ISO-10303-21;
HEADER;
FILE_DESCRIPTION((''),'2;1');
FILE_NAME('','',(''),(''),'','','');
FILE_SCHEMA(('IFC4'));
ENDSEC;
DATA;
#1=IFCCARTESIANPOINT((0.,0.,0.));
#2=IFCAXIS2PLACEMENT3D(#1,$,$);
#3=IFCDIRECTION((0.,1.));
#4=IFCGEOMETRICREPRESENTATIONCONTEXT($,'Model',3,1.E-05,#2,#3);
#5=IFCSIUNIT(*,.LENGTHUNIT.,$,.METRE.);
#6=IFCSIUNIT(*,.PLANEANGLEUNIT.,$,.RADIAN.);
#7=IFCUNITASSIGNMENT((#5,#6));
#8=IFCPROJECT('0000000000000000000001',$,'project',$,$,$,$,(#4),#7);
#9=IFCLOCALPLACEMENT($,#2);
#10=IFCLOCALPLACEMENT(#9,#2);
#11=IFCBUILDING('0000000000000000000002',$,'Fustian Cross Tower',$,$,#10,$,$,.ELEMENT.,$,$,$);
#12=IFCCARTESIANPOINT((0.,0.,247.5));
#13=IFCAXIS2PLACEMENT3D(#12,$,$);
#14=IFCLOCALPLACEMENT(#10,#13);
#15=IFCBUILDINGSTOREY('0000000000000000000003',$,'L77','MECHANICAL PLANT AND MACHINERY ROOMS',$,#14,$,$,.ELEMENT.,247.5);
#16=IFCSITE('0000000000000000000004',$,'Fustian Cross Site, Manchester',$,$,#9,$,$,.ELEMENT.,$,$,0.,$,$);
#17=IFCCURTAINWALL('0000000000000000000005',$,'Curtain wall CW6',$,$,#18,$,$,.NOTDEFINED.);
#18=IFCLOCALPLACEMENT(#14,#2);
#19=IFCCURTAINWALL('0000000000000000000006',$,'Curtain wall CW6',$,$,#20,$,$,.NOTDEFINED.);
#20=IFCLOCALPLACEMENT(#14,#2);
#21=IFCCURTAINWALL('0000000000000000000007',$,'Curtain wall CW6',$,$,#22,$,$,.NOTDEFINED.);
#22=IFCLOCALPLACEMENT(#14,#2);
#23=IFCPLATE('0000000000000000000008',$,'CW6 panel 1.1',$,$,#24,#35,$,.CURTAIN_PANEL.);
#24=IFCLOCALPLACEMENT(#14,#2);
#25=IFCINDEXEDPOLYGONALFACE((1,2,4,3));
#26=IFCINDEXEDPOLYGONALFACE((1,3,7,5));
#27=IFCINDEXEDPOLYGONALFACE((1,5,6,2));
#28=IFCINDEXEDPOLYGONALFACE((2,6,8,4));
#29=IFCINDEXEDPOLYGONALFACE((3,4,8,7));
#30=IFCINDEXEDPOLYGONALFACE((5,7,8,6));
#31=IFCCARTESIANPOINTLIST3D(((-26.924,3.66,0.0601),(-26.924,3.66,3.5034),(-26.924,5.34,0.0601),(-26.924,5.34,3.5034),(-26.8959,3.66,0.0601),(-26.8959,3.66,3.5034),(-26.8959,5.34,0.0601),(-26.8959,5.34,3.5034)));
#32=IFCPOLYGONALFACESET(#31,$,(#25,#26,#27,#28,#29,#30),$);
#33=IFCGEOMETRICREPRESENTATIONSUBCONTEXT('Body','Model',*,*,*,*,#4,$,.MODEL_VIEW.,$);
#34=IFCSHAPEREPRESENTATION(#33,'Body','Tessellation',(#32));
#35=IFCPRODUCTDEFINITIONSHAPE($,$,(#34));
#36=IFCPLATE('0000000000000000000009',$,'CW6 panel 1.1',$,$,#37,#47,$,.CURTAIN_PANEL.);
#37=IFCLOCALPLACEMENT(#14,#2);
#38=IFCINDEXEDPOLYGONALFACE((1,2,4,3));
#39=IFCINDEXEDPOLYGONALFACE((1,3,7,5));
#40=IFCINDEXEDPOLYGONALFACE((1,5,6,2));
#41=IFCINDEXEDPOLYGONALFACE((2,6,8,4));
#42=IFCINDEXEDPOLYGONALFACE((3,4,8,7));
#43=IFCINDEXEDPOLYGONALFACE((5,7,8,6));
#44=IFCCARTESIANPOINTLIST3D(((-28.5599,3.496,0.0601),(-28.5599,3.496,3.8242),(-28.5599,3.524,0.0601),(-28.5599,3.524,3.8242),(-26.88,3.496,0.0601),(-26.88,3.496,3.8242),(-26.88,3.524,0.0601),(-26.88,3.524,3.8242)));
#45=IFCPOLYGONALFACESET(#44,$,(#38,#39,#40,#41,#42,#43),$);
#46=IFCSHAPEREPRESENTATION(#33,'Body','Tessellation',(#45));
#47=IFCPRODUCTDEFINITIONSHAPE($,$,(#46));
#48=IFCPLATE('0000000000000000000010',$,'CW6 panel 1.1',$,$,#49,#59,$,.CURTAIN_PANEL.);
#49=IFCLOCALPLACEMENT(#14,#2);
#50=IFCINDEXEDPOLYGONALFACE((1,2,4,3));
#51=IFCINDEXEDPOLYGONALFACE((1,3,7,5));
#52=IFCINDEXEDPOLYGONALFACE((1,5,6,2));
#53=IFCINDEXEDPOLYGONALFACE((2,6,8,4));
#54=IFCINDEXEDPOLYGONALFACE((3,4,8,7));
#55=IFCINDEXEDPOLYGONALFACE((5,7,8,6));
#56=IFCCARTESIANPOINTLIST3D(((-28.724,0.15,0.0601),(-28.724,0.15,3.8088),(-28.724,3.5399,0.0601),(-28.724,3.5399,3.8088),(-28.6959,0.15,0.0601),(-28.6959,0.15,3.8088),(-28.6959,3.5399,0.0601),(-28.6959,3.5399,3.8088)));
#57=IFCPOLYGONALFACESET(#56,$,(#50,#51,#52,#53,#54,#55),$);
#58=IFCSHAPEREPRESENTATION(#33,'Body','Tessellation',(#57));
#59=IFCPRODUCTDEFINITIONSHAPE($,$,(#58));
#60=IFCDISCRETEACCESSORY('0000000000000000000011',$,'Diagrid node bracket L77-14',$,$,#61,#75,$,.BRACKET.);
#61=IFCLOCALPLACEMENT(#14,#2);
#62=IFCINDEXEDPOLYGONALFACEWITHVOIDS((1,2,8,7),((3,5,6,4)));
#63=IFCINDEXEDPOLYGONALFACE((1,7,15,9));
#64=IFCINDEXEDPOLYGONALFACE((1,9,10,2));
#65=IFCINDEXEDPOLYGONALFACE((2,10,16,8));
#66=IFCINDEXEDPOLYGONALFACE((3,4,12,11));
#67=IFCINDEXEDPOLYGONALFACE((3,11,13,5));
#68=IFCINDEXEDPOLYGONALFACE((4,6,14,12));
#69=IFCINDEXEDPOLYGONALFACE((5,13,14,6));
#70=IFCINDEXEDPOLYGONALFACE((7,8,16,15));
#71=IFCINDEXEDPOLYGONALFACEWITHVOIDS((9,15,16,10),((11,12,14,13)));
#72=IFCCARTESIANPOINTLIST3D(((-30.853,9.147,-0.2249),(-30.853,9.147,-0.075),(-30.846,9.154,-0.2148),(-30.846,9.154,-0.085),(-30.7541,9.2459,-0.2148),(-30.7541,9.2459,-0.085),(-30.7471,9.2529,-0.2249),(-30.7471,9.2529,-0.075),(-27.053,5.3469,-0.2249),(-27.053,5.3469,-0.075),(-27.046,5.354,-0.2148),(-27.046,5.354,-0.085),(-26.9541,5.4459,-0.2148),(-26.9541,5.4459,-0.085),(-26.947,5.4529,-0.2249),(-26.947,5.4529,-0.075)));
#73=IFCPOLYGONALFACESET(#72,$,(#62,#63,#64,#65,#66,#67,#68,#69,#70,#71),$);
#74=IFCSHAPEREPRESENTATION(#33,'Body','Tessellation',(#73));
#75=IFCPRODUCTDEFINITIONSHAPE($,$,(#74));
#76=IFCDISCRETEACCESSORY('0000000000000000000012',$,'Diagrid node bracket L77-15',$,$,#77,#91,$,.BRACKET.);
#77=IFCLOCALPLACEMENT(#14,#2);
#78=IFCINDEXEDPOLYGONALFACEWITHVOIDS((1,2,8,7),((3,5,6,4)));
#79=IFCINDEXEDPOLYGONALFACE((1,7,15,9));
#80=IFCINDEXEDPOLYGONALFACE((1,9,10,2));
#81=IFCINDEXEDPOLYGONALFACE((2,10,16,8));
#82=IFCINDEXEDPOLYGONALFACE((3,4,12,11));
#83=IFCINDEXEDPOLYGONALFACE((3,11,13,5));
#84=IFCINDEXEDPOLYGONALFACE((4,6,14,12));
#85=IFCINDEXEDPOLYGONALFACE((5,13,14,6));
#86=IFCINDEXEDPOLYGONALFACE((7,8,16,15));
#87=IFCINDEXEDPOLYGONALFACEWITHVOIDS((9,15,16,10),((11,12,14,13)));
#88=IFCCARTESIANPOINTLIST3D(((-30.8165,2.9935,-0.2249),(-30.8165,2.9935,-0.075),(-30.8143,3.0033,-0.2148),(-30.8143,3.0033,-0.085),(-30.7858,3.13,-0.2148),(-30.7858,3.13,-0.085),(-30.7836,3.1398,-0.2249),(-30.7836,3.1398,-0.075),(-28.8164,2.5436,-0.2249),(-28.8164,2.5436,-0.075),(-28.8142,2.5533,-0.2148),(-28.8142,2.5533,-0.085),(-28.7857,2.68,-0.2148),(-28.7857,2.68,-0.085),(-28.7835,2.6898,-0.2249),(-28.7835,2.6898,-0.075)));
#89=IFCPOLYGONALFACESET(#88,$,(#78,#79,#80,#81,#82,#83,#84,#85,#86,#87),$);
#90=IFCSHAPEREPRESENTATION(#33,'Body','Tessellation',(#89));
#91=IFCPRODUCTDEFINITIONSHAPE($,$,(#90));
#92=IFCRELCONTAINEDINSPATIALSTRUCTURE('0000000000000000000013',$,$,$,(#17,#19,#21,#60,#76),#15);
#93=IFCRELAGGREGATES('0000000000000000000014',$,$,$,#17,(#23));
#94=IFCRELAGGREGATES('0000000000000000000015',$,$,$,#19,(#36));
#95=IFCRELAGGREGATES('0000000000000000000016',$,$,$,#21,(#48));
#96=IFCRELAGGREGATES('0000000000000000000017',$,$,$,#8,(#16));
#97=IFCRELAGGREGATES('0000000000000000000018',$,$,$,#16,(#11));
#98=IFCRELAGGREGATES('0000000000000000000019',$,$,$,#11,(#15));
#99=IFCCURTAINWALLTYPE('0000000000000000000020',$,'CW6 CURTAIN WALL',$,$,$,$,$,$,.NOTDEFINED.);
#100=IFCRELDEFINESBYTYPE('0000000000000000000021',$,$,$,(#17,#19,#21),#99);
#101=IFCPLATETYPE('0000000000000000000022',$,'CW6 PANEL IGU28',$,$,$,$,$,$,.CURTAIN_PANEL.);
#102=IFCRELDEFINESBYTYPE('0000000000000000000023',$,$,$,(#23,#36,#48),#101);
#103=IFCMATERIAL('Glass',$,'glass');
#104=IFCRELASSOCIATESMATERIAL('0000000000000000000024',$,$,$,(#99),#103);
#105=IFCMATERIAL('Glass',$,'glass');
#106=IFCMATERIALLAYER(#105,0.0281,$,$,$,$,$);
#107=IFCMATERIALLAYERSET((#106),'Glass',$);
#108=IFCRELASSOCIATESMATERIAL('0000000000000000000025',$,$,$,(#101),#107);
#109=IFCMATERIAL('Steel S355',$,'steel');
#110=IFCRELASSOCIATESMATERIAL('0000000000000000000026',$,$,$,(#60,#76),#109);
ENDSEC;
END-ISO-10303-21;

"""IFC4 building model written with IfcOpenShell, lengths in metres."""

from ifc_helpers import new_model, si_unit, direction, frame, origin, origin_2d, place, context, subcontext, project, spatial, rectangle, hollow_rectangle, extrude, material, layer, layer_set, type_object, element, aggregate, save


model = new_model("IFC4")

# Units and contexts
model_context = context("Model", 3, precision=1e-05, world=origin(), true_north=direction((0.0, 1.0)))
body_context = subcontext(model_context, "Body", "Model", "MODEL_VIEW")
ifc_project = project(units=[si_unit("LENGTHUNIT", "METRE"), si_unit("PLANEANGLEUNIT", "RADIAN")], contexts=[model_context])

# Site, building, storey
site_placement = place(None, origin())
site = spatial("IfcSite", under=ifc_project, at=site_placement, Name="Fustian Cross Site, Manchester", CompositionType="ELEMENT", RefElevation=0.0)
building_placement = place(site_placement, origin())
building = spatial("IfcBuilding", under=site, at=building_placement, Name="Fustian Cross Tower", CompositionType="ELEMENT")
storey_placement = place(building_placement, frame((0.0, 0.0, 247.5)))
storey = spatial("IfcBuildingStorey", under=building, at=storey_placement, Name="L77", Description="MECHANICAL PLANT AND MACHINERY ROOMS", CompositionType="ELEMENT", Elevation=247.5)

# Shared definitions
ifc_material_1 = material(Name="Glass", Category="glass")
curtain_wall_type = type_object("IfcCurtainWallType", Name="CW6 CURTAIN WALL", PredefinedType="NOTDEFINED", material=ifc_material_1)

# Curtain walls
curtain_wall_1_placement = place(storey_placement, origin())
curtain_wall_1 = element("IfcCurtainWall", 1, at=curtain_wall_1_placement, inside=storey, type_object=curtain_wall_type, Name="Curtain wall CW6", PredefinedType="NOTDEFINED")
curtain_wall_2_placement = place(storey_placement, origin())
curtain_wall_2 = element("IfcCurtainWall", 2, at=curtain_wall_2_placement, inside=storey, type_object=curtain_wall_type, Name="Curtain wall CW6", PredefinedType="NOTDEFINED")
curtain_wall_3_placement = place(storey_placement, origin())
curtain_wall_3 = element("IfcCurtainWall", 3, at=curtain_wall_3_placement, inside=storey, type_object=curtain_wall_type, Name="Curtain wall CW6", PredefinedType="NOTDEFINED")

# Plates
ifc_material_2 = material(Name="Glass", Category="glass")
ifc_layer = layer(ifc_material_2, 0.0281)
ifc_layer_set = layer_set([ifc_layer], Name="Glass")
plate_type = type_object("IfcPlateType", Name="CW6 PANEL IGU28", PredefinedType="CURTAIN_PANEL", material=ifc_layer_set)
plate_1_placement = place(storey_placement, frame((-26.9099, 4.5, 0.0601), z_axis=(0.0, 0.0, 1.0), x_axis=(0.0, -1.0, 0.0)))
plate_1 = element("IfcPlate", 4, at=plate_1_placement, type_object=plate_type, Name="CW6 panel 1.1", PredefinedType="CURTAIN_PANEL", context=body_context, shape_type="SweptSolid", body=[
    extrude(rectangle(XDim=1.6799, YDim=0.0281, at=origin_2d()), origin(), (0.0, 0.0, 1.0), 3.4434),
])
aggregate(curtain_wall_1, [plate_1])
plate_2_placement = place(storey_placement, frame((-27.72, 3.51, 0.0601), z_axis=(0.0, 0.0, 1.0), x_axis=(-1.0, 0.0, 0.0)))
plate_2 = element("IfcPlate", 5, at=plate_2_placement, type_object=plate_type, Name="CW6 panel 1.1", PredefinedType="CURTAIN_PANEL", context=body_context, shape_type="SweptSolid", body=[
    extrude(rectangle(XDim=1.6799, YDim=0.0281, at=origin_2d()), origin(), (0.0, 0.0, 1.0), 3.7642),
])
aggregate(curtain_wall_2, [plate_2])
plate_3_placement = place(storey_placement, frame((-28.71, 1.845, 0.0601), z_axis=(0.0, 0.0, 1.0), x_axis=(0.0, -1.0, 0.0)))
plate_3 = element("IfcPlate", 6, at=plate_3_placement, type_object=plate_type, Name="CW6 panel 1.1", PredefinedType="CURTAIN_PANEL", context=body_context, shape_type="SweptSolid", body=[
    extrude(rectangle(XDim=3.3899, YDim=0.0281, at=origin_2d()), origin(), (0.0, 0.0, 1.0), 3.7488),
])
aggregate(curtain_wall_3, [plate_3])

# Discrete accessories
ifc_material_3 = material(Name="Steel S355", Category="steel")
discrete_accessory_1_placement = place(storey_placement, frame((-30.8, 9.2, -0.1499), z_axis=(0.707107, -0.707107, 0.0), x_axis=(0.707107, 0.707107, 0.0)))
element("IfcDiscreteAccessory", 7, at=discrete_accessory_1_placement, inside=storey, material=ifc_material_3, Name="Diagrid node bracket L77-14", PredefinedType="BRACKET", context=body_context, shape_type="SweptSolid", body=[
    extrude(hollow_rectangle(XDim=0.1499, YDim=0.1499, WallThickness=0.01, at=origin_2d()), origin(), (0.0, 0.0, 1.0), 5.374),
])
discrete_accessory_2_placement = place(storey_placement, frame((-30.8, 3.0667, -0.1499), z_axis=(0.975615, -0.21949, 0.0), x_axis=(0.21949, 0.975615, 0.0)))
element("IfcDiscreteAccessory", 8, at=discrete_accessory_2_placement, inside=storey, material=ifc_material_3, Name="Diagrid node bracket L77-15", PredefinedType="BRACKET", context=body_context, shape_type="SweptSolid", body=[
    extrude(hollow_rectangle(XDim=0.1499, YDim=0.1499, WallThickness=0.01, at=origin_2d()), origin(), (0.0, 0.0, 1.0), 2.05),
])

save(model, "model.ifc")
